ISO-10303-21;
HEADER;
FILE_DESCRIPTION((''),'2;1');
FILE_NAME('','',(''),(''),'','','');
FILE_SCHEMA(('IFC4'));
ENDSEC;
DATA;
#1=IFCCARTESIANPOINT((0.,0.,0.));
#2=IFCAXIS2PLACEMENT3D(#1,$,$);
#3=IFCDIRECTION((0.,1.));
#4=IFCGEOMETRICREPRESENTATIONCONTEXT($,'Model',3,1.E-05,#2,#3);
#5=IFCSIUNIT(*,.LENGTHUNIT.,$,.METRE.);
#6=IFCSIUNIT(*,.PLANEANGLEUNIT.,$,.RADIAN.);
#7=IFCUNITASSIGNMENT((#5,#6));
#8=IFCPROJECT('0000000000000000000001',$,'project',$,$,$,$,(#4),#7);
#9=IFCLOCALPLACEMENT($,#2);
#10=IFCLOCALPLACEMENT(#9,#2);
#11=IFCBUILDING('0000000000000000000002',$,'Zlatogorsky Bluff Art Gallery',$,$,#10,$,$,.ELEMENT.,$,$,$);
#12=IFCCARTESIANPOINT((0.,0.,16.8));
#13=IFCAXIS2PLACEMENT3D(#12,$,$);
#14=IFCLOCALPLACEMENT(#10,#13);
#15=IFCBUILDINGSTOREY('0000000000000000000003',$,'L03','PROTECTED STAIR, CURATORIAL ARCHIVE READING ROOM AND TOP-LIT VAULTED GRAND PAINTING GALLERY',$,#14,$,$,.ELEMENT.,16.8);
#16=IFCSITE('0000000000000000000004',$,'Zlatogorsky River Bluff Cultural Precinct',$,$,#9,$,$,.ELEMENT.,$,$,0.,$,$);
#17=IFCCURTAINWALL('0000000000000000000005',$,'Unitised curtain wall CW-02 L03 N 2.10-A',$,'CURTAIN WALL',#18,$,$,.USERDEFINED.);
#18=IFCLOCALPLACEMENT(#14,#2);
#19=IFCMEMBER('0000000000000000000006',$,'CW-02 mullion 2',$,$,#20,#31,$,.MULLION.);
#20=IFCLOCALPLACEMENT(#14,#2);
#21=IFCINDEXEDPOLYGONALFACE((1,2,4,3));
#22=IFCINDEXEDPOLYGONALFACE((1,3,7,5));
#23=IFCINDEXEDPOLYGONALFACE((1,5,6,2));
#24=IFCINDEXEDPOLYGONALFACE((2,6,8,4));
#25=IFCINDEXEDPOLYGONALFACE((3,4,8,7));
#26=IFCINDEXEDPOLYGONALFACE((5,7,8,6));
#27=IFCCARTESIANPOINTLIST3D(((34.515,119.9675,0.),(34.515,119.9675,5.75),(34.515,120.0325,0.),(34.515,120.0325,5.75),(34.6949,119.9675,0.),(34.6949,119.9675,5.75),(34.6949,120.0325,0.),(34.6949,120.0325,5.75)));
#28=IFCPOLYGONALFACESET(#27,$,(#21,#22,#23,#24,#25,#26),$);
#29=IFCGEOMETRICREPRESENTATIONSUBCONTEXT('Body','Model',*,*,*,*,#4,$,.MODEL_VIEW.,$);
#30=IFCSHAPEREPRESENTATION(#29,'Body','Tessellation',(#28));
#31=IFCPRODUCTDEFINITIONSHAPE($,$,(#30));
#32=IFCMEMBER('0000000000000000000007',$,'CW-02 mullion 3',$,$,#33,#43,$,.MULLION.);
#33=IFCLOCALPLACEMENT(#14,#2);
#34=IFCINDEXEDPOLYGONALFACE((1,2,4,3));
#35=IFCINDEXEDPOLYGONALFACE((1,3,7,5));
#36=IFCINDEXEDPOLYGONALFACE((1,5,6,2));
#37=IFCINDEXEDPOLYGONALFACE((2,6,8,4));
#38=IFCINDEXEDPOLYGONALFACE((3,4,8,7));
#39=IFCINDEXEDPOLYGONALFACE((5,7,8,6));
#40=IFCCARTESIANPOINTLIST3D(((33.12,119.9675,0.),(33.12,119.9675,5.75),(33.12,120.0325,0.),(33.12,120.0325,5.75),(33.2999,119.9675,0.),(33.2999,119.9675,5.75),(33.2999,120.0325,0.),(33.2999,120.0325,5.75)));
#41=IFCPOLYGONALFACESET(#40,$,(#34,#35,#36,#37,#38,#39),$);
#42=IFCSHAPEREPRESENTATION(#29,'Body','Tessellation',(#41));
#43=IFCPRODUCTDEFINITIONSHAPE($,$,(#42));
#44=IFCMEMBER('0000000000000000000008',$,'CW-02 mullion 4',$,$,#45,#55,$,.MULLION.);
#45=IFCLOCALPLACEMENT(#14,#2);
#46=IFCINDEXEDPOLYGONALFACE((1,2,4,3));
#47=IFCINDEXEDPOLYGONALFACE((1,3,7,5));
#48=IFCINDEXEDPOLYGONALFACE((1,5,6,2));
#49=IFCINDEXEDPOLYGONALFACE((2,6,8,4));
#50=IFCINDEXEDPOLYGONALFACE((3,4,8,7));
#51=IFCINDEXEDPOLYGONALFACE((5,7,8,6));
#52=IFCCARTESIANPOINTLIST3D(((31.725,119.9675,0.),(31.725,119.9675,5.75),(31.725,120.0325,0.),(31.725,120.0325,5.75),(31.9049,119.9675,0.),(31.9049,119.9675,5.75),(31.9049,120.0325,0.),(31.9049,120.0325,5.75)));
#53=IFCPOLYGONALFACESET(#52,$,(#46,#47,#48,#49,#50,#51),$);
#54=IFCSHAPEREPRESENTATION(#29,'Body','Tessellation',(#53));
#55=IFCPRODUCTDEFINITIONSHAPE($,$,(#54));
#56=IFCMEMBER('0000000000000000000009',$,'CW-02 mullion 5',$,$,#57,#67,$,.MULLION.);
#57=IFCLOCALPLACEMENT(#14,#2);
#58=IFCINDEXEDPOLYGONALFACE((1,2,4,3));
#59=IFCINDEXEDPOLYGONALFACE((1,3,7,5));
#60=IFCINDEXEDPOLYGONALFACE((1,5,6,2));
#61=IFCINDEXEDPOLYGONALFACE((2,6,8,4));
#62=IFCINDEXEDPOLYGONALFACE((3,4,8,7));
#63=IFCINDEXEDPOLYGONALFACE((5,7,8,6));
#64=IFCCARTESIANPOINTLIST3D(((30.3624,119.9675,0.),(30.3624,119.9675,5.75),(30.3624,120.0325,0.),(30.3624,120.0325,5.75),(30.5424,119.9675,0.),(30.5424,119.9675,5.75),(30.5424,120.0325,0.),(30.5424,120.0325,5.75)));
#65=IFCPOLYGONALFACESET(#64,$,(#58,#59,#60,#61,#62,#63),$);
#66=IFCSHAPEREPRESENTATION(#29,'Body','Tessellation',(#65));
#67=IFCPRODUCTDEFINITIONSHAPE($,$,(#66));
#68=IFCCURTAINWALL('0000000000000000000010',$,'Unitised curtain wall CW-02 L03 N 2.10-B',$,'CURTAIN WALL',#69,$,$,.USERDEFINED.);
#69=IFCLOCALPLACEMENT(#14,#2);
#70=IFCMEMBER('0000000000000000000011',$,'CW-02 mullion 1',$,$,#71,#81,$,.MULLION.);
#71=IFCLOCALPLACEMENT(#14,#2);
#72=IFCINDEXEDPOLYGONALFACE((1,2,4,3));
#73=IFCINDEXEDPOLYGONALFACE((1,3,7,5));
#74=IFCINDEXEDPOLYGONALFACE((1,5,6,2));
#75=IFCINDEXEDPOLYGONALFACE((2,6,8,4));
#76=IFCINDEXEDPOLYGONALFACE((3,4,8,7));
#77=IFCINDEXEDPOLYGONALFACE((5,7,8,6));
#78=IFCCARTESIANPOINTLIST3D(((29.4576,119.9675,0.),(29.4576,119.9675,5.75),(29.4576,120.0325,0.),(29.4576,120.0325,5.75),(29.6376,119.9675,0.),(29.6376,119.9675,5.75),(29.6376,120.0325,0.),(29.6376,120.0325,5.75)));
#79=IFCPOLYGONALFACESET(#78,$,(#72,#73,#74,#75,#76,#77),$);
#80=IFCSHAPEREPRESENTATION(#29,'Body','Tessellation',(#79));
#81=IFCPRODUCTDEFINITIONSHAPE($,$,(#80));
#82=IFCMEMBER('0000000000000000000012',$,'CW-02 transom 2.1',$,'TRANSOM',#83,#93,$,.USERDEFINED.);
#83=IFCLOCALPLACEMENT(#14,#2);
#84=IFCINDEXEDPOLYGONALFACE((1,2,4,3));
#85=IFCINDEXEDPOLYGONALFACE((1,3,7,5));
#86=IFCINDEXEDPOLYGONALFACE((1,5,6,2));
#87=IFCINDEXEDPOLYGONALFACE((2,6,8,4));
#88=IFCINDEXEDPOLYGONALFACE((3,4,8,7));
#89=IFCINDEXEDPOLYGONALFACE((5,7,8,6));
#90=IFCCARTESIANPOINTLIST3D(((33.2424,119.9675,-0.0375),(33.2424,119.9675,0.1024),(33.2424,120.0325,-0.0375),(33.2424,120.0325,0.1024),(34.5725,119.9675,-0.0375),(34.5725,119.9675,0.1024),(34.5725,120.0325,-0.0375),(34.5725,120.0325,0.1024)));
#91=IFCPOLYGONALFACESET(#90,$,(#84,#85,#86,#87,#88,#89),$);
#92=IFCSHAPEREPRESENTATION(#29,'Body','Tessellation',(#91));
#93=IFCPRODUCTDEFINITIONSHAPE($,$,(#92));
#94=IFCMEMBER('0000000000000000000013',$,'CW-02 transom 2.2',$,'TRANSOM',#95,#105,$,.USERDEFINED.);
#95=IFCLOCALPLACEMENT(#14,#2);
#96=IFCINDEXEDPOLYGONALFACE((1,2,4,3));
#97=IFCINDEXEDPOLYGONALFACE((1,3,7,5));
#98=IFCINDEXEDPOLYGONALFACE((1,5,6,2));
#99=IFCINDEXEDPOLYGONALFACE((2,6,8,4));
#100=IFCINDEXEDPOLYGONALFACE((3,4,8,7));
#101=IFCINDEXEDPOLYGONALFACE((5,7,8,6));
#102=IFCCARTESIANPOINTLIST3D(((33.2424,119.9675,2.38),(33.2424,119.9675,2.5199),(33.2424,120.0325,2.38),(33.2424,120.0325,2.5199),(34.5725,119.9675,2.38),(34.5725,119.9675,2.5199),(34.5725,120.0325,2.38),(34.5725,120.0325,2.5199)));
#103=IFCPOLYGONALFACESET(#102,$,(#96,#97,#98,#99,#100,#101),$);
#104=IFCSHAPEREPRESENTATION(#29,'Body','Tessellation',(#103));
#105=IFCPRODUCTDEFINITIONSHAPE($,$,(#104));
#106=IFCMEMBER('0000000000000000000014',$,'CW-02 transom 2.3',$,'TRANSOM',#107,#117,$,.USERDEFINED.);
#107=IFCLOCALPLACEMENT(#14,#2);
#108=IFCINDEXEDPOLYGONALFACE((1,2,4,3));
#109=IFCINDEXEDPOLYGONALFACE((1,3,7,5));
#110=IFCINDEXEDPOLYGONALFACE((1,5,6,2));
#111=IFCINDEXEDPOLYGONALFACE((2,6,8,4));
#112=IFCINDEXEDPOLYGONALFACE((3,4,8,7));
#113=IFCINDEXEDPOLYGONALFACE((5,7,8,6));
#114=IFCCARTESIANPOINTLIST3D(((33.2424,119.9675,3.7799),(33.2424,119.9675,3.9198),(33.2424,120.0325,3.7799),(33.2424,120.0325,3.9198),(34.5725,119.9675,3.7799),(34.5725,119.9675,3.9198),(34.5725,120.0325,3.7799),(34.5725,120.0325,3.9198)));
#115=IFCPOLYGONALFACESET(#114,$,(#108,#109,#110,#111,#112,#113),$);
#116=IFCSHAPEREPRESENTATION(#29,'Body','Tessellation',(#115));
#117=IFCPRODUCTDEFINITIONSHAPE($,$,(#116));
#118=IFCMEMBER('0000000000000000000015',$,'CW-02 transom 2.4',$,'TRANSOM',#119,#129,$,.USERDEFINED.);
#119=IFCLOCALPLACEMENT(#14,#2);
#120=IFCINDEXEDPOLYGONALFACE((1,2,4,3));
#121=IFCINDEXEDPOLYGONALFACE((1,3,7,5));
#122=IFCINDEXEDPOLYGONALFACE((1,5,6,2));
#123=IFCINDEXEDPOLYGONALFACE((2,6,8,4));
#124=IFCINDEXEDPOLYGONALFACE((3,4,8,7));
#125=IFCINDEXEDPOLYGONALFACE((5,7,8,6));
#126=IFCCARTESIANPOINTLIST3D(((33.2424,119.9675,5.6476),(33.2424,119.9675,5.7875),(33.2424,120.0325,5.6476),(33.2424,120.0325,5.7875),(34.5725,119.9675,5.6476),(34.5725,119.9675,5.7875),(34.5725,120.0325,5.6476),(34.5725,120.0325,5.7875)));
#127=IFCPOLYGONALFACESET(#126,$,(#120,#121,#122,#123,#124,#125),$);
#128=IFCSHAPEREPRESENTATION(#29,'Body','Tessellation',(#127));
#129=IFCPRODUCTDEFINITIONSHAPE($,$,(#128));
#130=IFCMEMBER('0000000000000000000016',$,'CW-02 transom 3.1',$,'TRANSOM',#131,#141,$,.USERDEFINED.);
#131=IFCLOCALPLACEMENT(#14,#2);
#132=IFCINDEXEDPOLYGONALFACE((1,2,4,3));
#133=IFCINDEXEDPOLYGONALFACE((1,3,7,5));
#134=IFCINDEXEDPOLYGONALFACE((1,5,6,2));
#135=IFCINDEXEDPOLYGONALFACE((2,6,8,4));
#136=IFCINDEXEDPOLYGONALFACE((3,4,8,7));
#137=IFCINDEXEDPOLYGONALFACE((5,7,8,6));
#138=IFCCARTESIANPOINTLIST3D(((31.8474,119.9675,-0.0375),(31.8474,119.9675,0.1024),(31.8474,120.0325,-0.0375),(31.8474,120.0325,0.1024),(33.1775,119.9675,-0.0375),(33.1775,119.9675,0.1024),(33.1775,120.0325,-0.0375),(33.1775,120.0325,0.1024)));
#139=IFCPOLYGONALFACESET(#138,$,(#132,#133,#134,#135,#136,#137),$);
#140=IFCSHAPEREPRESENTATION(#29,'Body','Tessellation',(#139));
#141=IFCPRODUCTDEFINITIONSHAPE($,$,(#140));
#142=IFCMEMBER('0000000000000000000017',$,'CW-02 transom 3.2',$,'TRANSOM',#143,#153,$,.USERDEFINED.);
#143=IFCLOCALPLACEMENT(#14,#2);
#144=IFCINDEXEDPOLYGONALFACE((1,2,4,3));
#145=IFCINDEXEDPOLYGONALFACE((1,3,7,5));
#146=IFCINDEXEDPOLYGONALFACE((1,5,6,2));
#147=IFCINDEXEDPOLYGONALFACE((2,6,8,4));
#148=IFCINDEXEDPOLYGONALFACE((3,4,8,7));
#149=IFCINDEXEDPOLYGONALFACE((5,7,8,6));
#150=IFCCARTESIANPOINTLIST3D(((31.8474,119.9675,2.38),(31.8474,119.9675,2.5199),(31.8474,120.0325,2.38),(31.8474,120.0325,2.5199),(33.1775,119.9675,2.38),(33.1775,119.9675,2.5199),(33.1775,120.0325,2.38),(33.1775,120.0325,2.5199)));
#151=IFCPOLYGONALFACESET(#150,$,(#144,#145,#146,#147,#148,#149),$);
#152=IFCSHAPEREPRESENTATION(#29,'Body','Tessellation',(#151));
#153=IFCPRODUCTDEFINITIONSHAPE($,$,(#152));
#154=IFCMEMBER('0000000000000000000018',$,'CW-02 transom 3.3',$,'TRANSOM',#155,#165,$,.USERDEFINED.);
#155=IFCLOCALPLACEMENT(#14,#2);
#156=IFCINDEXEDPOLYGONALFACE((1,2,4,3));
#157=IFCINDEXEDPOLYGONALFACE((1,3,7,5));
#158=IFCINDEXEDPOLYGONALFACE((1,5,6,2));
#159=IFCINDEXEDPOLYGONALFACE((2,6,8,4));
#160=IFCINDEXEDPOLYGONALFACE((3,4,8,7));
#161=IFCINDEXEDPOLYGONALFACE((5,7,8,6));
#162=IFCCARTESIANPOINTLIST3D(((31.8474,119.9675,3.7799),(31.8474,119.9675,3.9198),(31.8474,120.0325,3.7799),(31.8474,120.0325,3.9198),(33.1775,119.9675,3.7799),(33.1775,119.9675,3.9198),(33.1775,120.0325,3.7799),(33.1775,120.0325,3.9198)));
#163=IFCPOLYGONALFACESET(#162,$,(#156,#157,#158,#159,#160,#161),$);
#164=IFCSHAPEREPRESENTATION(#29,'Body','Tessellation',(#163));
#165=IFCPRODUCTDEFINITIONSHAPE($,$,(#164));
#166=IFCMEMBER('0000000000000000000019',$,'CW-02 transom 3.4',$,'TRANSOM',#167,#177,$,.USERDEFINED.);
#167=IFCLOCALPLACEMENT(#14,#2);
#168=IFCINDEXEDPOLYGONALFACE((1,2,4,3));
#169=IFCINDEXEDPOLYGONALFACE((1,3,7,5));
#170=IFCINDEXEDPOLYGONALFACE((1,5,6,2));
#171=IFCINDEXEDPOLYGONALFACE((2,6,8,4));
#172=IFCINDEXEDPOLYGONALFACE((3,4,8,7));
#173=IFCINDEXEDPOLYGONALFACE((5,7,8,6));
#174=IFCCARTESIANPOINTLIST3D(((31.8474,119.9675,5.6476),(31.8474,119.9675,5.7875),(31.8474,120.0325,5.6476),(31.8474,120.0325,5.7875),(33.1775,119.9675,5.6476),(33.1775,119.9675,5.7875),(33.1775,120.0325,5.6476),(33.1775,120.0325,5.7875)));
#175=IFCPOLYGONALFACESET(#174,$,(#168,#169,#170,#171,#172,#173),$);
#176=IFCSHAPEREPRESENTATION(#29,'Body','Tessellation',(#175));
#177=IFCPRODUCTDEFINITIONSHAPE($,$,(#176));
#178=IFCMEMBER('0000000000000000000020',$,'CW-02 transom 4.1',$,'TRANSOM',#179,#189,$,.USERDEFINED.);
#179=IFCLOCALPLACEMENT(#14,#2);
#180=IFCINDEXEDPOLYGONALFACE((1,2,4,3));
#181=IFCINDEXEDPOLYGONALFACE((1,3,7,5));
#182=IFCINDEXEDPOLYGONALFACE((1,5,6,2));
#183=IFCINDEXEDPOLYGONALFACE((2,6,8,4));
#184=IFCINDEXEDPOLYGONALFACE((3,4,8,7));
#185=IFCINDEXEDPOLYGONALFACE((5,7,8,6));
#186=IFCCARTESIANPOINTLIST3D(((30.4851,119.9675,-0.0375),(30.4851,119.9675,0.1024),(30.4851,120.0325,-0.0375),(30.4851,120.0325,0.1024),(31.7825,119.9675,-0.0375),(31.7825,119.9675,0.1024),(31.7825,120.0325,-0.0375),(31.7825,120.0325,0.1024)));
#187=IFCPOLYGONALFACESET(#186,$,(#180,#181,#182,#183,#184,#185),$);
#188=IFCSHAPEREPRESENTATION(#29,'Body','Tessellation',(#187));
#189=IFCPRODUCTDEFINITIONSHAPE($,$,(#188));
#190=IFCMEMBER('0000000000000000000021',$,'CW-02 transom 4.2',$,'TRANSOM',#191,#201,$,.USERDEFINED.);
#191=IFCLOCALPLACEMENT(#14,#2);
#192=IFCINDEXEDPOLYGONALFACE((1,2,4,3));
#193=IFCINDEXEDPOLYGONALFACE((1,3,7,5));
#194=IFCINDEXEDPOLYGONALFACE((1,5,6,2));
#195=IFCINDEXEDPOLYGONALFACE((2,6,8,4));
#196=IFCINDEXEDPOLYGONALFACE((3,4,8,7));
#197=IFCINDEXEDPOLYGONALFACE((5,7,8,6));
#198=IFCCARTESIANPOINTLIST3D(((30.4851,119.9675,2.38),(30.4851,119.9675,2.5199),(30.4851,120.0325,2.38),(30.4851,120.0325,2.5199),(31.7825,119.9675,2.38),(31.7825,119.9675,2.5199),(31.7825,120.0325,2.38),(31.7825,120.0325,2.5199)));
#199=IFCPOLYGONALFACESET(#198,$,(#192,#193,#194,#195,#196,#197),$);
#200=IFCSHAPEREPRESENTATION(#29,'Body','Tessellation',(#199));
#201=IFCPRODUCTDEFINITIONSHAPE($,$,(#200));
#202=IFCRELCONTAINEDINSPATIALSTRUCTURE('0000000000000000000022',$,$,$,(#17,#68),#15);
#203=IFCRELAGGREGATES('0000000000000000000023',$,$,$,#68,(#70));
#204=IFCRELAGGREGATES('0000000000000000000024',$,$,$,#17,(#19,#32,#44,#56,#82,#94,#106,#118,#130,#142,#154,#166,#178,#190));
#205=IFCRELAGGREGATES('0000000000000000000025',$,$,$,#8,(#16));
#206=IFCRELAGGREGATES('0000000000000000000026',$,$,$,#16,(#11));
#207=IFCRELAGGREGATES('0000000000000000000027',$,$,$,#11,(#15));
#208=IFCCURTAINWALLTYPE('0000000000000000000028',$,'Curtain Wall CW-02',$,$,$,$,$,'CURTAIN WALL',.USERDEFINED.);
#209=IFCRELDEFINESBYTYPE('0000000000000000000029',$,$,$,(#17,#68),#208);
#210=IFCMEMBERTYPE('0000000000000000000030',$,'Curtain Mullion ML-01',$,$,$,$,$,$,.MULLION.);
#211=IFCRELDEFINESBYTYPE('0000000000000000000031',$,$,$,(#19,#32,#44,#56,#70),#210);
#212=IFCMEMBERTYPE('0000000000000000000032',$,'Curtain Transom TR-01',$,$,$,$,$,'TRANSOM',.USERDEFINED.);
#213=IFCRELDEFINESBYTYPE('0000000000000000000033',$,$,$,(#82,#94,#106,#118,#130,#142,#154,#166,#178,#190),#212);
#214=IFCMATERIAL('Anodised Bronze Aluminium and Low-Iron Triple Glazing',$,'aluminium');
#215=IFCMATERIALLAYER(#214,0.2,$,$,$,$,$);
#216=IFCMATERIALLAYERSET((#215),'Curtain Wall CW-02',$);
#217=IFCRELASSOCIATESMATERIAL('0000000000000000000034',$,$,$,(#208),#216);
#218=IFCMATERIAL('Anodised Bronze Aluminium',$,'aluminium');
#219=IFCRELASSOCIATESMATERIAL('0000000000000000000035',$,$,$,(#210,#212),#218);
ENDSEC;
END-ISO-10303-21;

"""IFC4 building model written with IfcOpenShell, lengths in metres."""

from ifc_helpers import new_model, si_unit, direction, frame, origin, origin_2d, place, context, subcontext, project, spatial, rectangle, extrude, material, layer, layer_set, material_profile, profile_set, type_object, element, aggregate, save


model = new_model("IFC4")

# Units and contexts
model_context = context("Model", 3, precision=1e-05, world=origin(), true_north=direction((0.0, 1.0)))
body_context = subcontext(model_context, "Body", "Model", "MODEL_VIEW")
ifc_project = project(units=[si_unit("LENGTHUNIT", "METRE"), si_unit("PLANEANGLEUNIT", "RADIAN")], contexts=[model_context])

# Site, building, storey
site_placement = place(None, origin())
site = spatial("IfcSite", under=ifc_project, at=site_placement, Name="Zlatogorsky River Bluff Cultural Precinct", CompositionType="ELEMENT", RefElevation=0.0)
building_placement = place(site_placement, origin())
building = spatial("IfcBuilding", under=site, at=building_placement, Name="Zlatogorsky Bluff Art Gallery", CompositionType="ELEMENT")
storey_placement = place(building_placement, frame((0.0, 0.0, 16.8)))
storey = spatial("IfcBuildingStorey", under=building, at=storey_placement, Name="L03", Description="PROTECTED STAIR, CURATORIAL ARCHIVE READING ROOM AND TOP-LIT VAULTED GRAND PAINTING GALLERY", CompositionType="ELEMENT", Elevation=16.8)

# Curtain wall, members
ifc_material_1 = material(Name="Anodised Bronze Aluminium and Low-Iron Triple Glazing", Category="aluminium")
ifc_layer_1 = layer(ifc_material_1, 0.2)
ifc_layer_set_1 = layer_set([ifc_layer_1], Name="Curtain Wall CW-02")
curtain_wall_type = type_object("IfcCurtainWallType", Name="Curtain Wall CW-02", ElementType="CURTAIN WALL", PredefinedType="USERDEFINED", material=ifc_layer_set_1)
curtain_wall_1_placement = place(storey_placement, origin())
curtain_wall_1 = element("IfcCurtainWall", 1, at=curtain_wall_1_placement, inside=storey, type_object=curtain_wall_type, Name="Unitised curtain wall CW-02 L03 N 2.10-A", ObjectType="CURTAIN WALL", PredefinedType="USERDEFINED")
ifc_material_2 = material(Name="Anodised Bronze Aluminium", Category="aluminium")
ifc_material_profile_1 = material_profile(ifc_material_2, rectangle(XDim=0.0649, YDim=0.1799, at=origin_2d()), Name="ALU MULLION 65x180")
ifc_profile_set_1 = profile_set([ifc_material_profile_1], Name="Anodised Bronze Aluminium")
member_type_1 = type_object("IfcMemberType", Name="Curtain Mullion ML-01", PredefinedType="MULLION", material=ifc_profile_set_1)
member_1_placement = place(storey_placement, frame((34.605, 120.0, 0.0), z_axis=(0.0, 0.0, 1.0), x_axis=(0.0, -1.0, 0.0)))
member_1 = element("IfcMember", 2, at=member_1_placement, type_object=member_type_1, Name="CW-02 mullion 2", PredefinedType="MULLION", context=body_context, shape_type="SweptSolid", body=[
    extrude(rectangle(XDim=0.0649, YDim=0.1799, at=origin_2d()), origin(), (0.0, 0.0, 1.0), 5.75),
])
member_2_placement = place(storey_placement, frame((33.21, 120.0, 0.0), z_axis=(0.0, 0.0, 1.0), x_axis=(0.0, -1.0, 0.0)))
member_2 = element("IfcMember", 3, at=member_2_placement, type_object=member_type_1, Name="CW-02 mullion 3", PredefinedType="MULLION", context=body_context, shape_type="SweptSolid", body=[
    extrude(rectangle(XDim=0.0649, YDim=0.1799, at=origin_2d()), origin(), (0.0, 0.0, 1.0), 5.75),
])
member_3_placement = place(storey_placement, frame((31.8149, 120.0, 0.0), z_axis=(0.0, 0.0, 1.0), x_axis=(0.0, -1.0, 0.0)))
member_3 = element("IfcMember", 4, at=member_3_placement, type_object=member_type_1, Name="CW-02 mullion 4", PredefinedType="MULLION", context=body_context, shape_type="SweptSolid", body=[
    extrude(rectangle(XDim=0.0649, YDim=0.1799, at=origin_2d()), origin(), (0.0, 0.0, 1.0), 5.75),
])
member_4_placement = place(storey_placement, frame((30.4524, 120.0, 0.0), z_axis=(0.0, 0.0, 1.0), x_axis=(0.0, -1.0, 0.0)))
member_4 = element("IfcMember", 5, at=member_4_placement, type_object=member_type_1, Name="CW-02 mullion 5", PredefinedType="MULLION", context=body_context, shape_type="SweptSolid", body=[
    extrude(rectangle(XDim=0.0649, YDim=0.1799, at=origin_2d()), origin(), (0.0, 0.0, 1.0), 5.75),
])

# Curtain wall, member
curtain_wall_2_placement = place(storey_placement, origin())
curtain_wall_2 = element("IfcCurtainWall", 6, at=curtain_wall_2_placement, inside=storey, type_object=curtain_wall_type, Name="Unitised curtain wall CW-02 L03 N 2.10-B", ObjectType="CURTAIN WALL", PredefinedType="USERDEFINED")
member_5_placement = place(storey_placement, frame((29.5476, 120.0, 0.0), z_axis=(0.0, 0.0, 1.0), x_axis=(0.0, -1.0, 0.0)))
member_5 = element("IfcMember", 7, at=member_5_placement, type_object=member_type_1, Name="CW-02 mullion 1", PredefinedType="MULLION", context=body_context, shape_type="SweptSolid", body=[
    extrude(rectangle(XDim=0.0649, YDim=0.1799, at=origin_2d()), origin(), (0.0, 0.0, 1.0), 5.75),
])

# Members
ifc_material_profile_2 = material_profile(ifc_material_2, rectangle(XDim=0.0649, YDim=0.1399, at=origin_2d()), Name="ALU TRANSOM 65x140")
ifc_profile_set_2 = profile_set([ifc_material_profile_2], Name="Anodised Bronze Aluminium")
member_type_2 = type_object("IfcMemberType", Name="Curtain Transom TR-01", ElementType="TRANSOM", PredefinedType="USERDEFINED", material=ifc_profile_set_2)
member_6_placement = place(storey_placement, frame((34.5725, 120.0, 0.0325), z_axis=(-1.0, 0.0, 0.0), x_axis=(0.0, -1.0, 0.0)))
member_6 = element("IfcMember", 8, at=member_6_placement, type_object=member_type_2, Name="CW-02 transom 2.1", ObjectType="TRANSOM", PredefinedType="USERDEFINED", context=body_context, shape_type="SweptSolid", body=[
    extrude(rectangle(XDim=0.0649, YDim=0.1399, at=origin_2d()), origin(), (0.0, 0.0, 1.0), 1.3301),
])
member_7_placement = place(storey_placement, frame((34.5725, 120.0, 2.45), z_axis=(-1.0, 0.0, 0.0), x_axis=(0.0, -1.0, 0.0)))
member_7 = element("IfcMember", 9, at=member_7_placement, type_object=member_type_2, Name="CW-02 transom 2.2", ObjectType="TRANSOM", PredefinedType="USERDEFINED", context=body_context, shape_type="SweptSolid", body=[
    extrude(rectangle(XDim=0.0649, YDim=0.1399, at=origin_2d()), origin(), (0.0, 0.0, 1.0), 1.3301),
])
member_8_placement = place(storey_placement, frame((34.5725, 120.0, 3.8499), z_axis=(-1.0, 0.0, 0.0), x_axis=(0.0, -1.0, 0.0)))
member_8 = element("IfcMember", 10, at=member_8_placement, type_object=member_type_2, Name="CW-02 transom 2.3", ObjectType="TRANSOM", PredefinedType="USERDEFINED", context=body_context, shape_type="SweptSolid", body=[
    extrude(rectangle(XDim=0.0649, YDim=0.1399, at=origin_2d()), origin(), (0.0, 0.0, 1.0), 1.3301),
])
member_9_placement = place(storey_placement, frame((34.5725, 120.0, 5.7175), z_axis=(-1.0, 0.0, 0.0), x_axis=(0.0, -1.0, 0.0)))
member_9 = element("IfcMember", 11, at=member_9_placement, type_object=member_type_2, Name="CW-02 transom 2.4", ObjectType="TRANSOM", PredefinedType="USERDEFINED", context=body_context, shape_type="SweptSolid", body=[
    extrude(rectangle(XDim=0.0649, YDim=0.1399, at=origin_2d()), origin(), (0.0, 0.0, 1.0), 1.3301),
])
member_10_placement = place(storey_placement, frame((33.1775, 120.0, 0.0325), z_axis=(-1.0, 0.0, 0.0), x_axis=(0.0, -1.0, 0.0)))
member_10 = element("IfcMember", 12, at=member_10_placement, type_object=member_type_2, Name="CW-02 transom 3.1", ObjectType="TRANSOM", PredefinedType="USERDEFINED", context=body_context, shape_type="SweptSolid", body=[
    extrude(rectangle(XDim=0.0649, YDim=0.1399, at=origin_2d()), origin(), (0.0, 0.0, 1.0), 1.3301),
])
member_11_placement = place(storey_placement, frame((33.1775, 120.0, 2.45), z_axis=(-1.0, 0.0, 0.0), x_axis=(0.0, -1.0, 0.0)))
member_11 = element("IfcMember", 13, at=member_11_placement, type_object=member_type_2, Name="CW-02 transom 3.2", ObjectType="TRANSOM", PredefinedType="USERDEFINED", context=body_context, shape_type="SweptSolid", body=[
    extrude(rectangle(XDim=0.0649, YDim=0.1399, at=origin_2d()), origin(), (0.0, 0.0, 1.0), 1.3301),
])
member_12_placement = place(storey_placement, frame((33.1775, 120.0, 3.8499), z_axis=(-1.0, 0.0, 0.0), x_axis=(0.0, -1.0, 0.0)))
member_12 = element("IfcMember", 14, at=member_12_placement, type_object=member_type_2, Name="CW-02 transom 3.3", ObjectType="TRANSOM", PredefinedType="USERDEFINED", context=body_context, shape_type="SweptSolid", body=[
    extrude(rectangle(XDim=0.0649, YDim=0.1399, at=origin_2d()), origin(), (0.0, 0.0, 1.0), 1.3301),
])
member_13_placement = place(storey_placement, frame((33.1775, 120.0, 5.7175), z_axis=(-1.0, 0.0, 0.0), x_axis=(0.0, -1.0, 0.0)))
member_13 = element("IfcMember", 15, at=member_13_placement, type_object=member_type_2, Name="CW-02 transom 3.4", ObjectType="TRANSOM", PredefinedType="USERDEFINED", context=body_context, shape_type="SweptSolid", body=[
    extrude(rectangle(XDim=0.0649, YDim=0.1399, at=origin_2d()), origin(), (0.0, 0.0, 1.0), 1.3301),
])
member_14_placement = place(storey_placement, frame((31.7825, 120.0, 0.0325), z_axis=(-1.0, 0.0, 0.0), x_axis=(0.0, -1.0, 0.0)))
member_14 = element("IfcMember", 16, at=member_14_placement, type_object=member_type_2, Name="CW-02 transom 4.1", ObjectType="TRANSOM", PredefinedType="USERDEFINED", context=body_context, shape_type="SweptSolid", body=[
    extrude(rectangle(XDim=0.0649, YDim=0.1399, at=origin_2d()), origin(), (0.0, 0.0, 1.0), 1.2974),
])
member_15_placement = place(storey_placement, frame((31.7825, 120.0, 2.45), z_axis=(-1.0, 0.0, 0.0), x_axis=(0.0, -1.0, 0.0)))
member_15 = element("IfcMember", 17, at=member_15_placement, type_object=member_type_2, Name="CW-02 transom 4.2", ObjectType="TRANSOM", PredefinedType="USERDEFINED", context=body_context, shape_type="SweptSolid", body=[
    extrude(rectangle(XDim=0.0649, YDim=0.1399, at=origin_2d()), origin(), (0.0, 0.0, 1.0), 1.2974),
])
aggregate(curtain_wall_2, [member_5])

aggregate(curtain_wall_1, [member_1, member_2, member_3, member_4, member_6, member_7, member_8, member_9, member_10, member_11, member_12, member_13, member_14, member_15])

save(model, "model.ifc")
